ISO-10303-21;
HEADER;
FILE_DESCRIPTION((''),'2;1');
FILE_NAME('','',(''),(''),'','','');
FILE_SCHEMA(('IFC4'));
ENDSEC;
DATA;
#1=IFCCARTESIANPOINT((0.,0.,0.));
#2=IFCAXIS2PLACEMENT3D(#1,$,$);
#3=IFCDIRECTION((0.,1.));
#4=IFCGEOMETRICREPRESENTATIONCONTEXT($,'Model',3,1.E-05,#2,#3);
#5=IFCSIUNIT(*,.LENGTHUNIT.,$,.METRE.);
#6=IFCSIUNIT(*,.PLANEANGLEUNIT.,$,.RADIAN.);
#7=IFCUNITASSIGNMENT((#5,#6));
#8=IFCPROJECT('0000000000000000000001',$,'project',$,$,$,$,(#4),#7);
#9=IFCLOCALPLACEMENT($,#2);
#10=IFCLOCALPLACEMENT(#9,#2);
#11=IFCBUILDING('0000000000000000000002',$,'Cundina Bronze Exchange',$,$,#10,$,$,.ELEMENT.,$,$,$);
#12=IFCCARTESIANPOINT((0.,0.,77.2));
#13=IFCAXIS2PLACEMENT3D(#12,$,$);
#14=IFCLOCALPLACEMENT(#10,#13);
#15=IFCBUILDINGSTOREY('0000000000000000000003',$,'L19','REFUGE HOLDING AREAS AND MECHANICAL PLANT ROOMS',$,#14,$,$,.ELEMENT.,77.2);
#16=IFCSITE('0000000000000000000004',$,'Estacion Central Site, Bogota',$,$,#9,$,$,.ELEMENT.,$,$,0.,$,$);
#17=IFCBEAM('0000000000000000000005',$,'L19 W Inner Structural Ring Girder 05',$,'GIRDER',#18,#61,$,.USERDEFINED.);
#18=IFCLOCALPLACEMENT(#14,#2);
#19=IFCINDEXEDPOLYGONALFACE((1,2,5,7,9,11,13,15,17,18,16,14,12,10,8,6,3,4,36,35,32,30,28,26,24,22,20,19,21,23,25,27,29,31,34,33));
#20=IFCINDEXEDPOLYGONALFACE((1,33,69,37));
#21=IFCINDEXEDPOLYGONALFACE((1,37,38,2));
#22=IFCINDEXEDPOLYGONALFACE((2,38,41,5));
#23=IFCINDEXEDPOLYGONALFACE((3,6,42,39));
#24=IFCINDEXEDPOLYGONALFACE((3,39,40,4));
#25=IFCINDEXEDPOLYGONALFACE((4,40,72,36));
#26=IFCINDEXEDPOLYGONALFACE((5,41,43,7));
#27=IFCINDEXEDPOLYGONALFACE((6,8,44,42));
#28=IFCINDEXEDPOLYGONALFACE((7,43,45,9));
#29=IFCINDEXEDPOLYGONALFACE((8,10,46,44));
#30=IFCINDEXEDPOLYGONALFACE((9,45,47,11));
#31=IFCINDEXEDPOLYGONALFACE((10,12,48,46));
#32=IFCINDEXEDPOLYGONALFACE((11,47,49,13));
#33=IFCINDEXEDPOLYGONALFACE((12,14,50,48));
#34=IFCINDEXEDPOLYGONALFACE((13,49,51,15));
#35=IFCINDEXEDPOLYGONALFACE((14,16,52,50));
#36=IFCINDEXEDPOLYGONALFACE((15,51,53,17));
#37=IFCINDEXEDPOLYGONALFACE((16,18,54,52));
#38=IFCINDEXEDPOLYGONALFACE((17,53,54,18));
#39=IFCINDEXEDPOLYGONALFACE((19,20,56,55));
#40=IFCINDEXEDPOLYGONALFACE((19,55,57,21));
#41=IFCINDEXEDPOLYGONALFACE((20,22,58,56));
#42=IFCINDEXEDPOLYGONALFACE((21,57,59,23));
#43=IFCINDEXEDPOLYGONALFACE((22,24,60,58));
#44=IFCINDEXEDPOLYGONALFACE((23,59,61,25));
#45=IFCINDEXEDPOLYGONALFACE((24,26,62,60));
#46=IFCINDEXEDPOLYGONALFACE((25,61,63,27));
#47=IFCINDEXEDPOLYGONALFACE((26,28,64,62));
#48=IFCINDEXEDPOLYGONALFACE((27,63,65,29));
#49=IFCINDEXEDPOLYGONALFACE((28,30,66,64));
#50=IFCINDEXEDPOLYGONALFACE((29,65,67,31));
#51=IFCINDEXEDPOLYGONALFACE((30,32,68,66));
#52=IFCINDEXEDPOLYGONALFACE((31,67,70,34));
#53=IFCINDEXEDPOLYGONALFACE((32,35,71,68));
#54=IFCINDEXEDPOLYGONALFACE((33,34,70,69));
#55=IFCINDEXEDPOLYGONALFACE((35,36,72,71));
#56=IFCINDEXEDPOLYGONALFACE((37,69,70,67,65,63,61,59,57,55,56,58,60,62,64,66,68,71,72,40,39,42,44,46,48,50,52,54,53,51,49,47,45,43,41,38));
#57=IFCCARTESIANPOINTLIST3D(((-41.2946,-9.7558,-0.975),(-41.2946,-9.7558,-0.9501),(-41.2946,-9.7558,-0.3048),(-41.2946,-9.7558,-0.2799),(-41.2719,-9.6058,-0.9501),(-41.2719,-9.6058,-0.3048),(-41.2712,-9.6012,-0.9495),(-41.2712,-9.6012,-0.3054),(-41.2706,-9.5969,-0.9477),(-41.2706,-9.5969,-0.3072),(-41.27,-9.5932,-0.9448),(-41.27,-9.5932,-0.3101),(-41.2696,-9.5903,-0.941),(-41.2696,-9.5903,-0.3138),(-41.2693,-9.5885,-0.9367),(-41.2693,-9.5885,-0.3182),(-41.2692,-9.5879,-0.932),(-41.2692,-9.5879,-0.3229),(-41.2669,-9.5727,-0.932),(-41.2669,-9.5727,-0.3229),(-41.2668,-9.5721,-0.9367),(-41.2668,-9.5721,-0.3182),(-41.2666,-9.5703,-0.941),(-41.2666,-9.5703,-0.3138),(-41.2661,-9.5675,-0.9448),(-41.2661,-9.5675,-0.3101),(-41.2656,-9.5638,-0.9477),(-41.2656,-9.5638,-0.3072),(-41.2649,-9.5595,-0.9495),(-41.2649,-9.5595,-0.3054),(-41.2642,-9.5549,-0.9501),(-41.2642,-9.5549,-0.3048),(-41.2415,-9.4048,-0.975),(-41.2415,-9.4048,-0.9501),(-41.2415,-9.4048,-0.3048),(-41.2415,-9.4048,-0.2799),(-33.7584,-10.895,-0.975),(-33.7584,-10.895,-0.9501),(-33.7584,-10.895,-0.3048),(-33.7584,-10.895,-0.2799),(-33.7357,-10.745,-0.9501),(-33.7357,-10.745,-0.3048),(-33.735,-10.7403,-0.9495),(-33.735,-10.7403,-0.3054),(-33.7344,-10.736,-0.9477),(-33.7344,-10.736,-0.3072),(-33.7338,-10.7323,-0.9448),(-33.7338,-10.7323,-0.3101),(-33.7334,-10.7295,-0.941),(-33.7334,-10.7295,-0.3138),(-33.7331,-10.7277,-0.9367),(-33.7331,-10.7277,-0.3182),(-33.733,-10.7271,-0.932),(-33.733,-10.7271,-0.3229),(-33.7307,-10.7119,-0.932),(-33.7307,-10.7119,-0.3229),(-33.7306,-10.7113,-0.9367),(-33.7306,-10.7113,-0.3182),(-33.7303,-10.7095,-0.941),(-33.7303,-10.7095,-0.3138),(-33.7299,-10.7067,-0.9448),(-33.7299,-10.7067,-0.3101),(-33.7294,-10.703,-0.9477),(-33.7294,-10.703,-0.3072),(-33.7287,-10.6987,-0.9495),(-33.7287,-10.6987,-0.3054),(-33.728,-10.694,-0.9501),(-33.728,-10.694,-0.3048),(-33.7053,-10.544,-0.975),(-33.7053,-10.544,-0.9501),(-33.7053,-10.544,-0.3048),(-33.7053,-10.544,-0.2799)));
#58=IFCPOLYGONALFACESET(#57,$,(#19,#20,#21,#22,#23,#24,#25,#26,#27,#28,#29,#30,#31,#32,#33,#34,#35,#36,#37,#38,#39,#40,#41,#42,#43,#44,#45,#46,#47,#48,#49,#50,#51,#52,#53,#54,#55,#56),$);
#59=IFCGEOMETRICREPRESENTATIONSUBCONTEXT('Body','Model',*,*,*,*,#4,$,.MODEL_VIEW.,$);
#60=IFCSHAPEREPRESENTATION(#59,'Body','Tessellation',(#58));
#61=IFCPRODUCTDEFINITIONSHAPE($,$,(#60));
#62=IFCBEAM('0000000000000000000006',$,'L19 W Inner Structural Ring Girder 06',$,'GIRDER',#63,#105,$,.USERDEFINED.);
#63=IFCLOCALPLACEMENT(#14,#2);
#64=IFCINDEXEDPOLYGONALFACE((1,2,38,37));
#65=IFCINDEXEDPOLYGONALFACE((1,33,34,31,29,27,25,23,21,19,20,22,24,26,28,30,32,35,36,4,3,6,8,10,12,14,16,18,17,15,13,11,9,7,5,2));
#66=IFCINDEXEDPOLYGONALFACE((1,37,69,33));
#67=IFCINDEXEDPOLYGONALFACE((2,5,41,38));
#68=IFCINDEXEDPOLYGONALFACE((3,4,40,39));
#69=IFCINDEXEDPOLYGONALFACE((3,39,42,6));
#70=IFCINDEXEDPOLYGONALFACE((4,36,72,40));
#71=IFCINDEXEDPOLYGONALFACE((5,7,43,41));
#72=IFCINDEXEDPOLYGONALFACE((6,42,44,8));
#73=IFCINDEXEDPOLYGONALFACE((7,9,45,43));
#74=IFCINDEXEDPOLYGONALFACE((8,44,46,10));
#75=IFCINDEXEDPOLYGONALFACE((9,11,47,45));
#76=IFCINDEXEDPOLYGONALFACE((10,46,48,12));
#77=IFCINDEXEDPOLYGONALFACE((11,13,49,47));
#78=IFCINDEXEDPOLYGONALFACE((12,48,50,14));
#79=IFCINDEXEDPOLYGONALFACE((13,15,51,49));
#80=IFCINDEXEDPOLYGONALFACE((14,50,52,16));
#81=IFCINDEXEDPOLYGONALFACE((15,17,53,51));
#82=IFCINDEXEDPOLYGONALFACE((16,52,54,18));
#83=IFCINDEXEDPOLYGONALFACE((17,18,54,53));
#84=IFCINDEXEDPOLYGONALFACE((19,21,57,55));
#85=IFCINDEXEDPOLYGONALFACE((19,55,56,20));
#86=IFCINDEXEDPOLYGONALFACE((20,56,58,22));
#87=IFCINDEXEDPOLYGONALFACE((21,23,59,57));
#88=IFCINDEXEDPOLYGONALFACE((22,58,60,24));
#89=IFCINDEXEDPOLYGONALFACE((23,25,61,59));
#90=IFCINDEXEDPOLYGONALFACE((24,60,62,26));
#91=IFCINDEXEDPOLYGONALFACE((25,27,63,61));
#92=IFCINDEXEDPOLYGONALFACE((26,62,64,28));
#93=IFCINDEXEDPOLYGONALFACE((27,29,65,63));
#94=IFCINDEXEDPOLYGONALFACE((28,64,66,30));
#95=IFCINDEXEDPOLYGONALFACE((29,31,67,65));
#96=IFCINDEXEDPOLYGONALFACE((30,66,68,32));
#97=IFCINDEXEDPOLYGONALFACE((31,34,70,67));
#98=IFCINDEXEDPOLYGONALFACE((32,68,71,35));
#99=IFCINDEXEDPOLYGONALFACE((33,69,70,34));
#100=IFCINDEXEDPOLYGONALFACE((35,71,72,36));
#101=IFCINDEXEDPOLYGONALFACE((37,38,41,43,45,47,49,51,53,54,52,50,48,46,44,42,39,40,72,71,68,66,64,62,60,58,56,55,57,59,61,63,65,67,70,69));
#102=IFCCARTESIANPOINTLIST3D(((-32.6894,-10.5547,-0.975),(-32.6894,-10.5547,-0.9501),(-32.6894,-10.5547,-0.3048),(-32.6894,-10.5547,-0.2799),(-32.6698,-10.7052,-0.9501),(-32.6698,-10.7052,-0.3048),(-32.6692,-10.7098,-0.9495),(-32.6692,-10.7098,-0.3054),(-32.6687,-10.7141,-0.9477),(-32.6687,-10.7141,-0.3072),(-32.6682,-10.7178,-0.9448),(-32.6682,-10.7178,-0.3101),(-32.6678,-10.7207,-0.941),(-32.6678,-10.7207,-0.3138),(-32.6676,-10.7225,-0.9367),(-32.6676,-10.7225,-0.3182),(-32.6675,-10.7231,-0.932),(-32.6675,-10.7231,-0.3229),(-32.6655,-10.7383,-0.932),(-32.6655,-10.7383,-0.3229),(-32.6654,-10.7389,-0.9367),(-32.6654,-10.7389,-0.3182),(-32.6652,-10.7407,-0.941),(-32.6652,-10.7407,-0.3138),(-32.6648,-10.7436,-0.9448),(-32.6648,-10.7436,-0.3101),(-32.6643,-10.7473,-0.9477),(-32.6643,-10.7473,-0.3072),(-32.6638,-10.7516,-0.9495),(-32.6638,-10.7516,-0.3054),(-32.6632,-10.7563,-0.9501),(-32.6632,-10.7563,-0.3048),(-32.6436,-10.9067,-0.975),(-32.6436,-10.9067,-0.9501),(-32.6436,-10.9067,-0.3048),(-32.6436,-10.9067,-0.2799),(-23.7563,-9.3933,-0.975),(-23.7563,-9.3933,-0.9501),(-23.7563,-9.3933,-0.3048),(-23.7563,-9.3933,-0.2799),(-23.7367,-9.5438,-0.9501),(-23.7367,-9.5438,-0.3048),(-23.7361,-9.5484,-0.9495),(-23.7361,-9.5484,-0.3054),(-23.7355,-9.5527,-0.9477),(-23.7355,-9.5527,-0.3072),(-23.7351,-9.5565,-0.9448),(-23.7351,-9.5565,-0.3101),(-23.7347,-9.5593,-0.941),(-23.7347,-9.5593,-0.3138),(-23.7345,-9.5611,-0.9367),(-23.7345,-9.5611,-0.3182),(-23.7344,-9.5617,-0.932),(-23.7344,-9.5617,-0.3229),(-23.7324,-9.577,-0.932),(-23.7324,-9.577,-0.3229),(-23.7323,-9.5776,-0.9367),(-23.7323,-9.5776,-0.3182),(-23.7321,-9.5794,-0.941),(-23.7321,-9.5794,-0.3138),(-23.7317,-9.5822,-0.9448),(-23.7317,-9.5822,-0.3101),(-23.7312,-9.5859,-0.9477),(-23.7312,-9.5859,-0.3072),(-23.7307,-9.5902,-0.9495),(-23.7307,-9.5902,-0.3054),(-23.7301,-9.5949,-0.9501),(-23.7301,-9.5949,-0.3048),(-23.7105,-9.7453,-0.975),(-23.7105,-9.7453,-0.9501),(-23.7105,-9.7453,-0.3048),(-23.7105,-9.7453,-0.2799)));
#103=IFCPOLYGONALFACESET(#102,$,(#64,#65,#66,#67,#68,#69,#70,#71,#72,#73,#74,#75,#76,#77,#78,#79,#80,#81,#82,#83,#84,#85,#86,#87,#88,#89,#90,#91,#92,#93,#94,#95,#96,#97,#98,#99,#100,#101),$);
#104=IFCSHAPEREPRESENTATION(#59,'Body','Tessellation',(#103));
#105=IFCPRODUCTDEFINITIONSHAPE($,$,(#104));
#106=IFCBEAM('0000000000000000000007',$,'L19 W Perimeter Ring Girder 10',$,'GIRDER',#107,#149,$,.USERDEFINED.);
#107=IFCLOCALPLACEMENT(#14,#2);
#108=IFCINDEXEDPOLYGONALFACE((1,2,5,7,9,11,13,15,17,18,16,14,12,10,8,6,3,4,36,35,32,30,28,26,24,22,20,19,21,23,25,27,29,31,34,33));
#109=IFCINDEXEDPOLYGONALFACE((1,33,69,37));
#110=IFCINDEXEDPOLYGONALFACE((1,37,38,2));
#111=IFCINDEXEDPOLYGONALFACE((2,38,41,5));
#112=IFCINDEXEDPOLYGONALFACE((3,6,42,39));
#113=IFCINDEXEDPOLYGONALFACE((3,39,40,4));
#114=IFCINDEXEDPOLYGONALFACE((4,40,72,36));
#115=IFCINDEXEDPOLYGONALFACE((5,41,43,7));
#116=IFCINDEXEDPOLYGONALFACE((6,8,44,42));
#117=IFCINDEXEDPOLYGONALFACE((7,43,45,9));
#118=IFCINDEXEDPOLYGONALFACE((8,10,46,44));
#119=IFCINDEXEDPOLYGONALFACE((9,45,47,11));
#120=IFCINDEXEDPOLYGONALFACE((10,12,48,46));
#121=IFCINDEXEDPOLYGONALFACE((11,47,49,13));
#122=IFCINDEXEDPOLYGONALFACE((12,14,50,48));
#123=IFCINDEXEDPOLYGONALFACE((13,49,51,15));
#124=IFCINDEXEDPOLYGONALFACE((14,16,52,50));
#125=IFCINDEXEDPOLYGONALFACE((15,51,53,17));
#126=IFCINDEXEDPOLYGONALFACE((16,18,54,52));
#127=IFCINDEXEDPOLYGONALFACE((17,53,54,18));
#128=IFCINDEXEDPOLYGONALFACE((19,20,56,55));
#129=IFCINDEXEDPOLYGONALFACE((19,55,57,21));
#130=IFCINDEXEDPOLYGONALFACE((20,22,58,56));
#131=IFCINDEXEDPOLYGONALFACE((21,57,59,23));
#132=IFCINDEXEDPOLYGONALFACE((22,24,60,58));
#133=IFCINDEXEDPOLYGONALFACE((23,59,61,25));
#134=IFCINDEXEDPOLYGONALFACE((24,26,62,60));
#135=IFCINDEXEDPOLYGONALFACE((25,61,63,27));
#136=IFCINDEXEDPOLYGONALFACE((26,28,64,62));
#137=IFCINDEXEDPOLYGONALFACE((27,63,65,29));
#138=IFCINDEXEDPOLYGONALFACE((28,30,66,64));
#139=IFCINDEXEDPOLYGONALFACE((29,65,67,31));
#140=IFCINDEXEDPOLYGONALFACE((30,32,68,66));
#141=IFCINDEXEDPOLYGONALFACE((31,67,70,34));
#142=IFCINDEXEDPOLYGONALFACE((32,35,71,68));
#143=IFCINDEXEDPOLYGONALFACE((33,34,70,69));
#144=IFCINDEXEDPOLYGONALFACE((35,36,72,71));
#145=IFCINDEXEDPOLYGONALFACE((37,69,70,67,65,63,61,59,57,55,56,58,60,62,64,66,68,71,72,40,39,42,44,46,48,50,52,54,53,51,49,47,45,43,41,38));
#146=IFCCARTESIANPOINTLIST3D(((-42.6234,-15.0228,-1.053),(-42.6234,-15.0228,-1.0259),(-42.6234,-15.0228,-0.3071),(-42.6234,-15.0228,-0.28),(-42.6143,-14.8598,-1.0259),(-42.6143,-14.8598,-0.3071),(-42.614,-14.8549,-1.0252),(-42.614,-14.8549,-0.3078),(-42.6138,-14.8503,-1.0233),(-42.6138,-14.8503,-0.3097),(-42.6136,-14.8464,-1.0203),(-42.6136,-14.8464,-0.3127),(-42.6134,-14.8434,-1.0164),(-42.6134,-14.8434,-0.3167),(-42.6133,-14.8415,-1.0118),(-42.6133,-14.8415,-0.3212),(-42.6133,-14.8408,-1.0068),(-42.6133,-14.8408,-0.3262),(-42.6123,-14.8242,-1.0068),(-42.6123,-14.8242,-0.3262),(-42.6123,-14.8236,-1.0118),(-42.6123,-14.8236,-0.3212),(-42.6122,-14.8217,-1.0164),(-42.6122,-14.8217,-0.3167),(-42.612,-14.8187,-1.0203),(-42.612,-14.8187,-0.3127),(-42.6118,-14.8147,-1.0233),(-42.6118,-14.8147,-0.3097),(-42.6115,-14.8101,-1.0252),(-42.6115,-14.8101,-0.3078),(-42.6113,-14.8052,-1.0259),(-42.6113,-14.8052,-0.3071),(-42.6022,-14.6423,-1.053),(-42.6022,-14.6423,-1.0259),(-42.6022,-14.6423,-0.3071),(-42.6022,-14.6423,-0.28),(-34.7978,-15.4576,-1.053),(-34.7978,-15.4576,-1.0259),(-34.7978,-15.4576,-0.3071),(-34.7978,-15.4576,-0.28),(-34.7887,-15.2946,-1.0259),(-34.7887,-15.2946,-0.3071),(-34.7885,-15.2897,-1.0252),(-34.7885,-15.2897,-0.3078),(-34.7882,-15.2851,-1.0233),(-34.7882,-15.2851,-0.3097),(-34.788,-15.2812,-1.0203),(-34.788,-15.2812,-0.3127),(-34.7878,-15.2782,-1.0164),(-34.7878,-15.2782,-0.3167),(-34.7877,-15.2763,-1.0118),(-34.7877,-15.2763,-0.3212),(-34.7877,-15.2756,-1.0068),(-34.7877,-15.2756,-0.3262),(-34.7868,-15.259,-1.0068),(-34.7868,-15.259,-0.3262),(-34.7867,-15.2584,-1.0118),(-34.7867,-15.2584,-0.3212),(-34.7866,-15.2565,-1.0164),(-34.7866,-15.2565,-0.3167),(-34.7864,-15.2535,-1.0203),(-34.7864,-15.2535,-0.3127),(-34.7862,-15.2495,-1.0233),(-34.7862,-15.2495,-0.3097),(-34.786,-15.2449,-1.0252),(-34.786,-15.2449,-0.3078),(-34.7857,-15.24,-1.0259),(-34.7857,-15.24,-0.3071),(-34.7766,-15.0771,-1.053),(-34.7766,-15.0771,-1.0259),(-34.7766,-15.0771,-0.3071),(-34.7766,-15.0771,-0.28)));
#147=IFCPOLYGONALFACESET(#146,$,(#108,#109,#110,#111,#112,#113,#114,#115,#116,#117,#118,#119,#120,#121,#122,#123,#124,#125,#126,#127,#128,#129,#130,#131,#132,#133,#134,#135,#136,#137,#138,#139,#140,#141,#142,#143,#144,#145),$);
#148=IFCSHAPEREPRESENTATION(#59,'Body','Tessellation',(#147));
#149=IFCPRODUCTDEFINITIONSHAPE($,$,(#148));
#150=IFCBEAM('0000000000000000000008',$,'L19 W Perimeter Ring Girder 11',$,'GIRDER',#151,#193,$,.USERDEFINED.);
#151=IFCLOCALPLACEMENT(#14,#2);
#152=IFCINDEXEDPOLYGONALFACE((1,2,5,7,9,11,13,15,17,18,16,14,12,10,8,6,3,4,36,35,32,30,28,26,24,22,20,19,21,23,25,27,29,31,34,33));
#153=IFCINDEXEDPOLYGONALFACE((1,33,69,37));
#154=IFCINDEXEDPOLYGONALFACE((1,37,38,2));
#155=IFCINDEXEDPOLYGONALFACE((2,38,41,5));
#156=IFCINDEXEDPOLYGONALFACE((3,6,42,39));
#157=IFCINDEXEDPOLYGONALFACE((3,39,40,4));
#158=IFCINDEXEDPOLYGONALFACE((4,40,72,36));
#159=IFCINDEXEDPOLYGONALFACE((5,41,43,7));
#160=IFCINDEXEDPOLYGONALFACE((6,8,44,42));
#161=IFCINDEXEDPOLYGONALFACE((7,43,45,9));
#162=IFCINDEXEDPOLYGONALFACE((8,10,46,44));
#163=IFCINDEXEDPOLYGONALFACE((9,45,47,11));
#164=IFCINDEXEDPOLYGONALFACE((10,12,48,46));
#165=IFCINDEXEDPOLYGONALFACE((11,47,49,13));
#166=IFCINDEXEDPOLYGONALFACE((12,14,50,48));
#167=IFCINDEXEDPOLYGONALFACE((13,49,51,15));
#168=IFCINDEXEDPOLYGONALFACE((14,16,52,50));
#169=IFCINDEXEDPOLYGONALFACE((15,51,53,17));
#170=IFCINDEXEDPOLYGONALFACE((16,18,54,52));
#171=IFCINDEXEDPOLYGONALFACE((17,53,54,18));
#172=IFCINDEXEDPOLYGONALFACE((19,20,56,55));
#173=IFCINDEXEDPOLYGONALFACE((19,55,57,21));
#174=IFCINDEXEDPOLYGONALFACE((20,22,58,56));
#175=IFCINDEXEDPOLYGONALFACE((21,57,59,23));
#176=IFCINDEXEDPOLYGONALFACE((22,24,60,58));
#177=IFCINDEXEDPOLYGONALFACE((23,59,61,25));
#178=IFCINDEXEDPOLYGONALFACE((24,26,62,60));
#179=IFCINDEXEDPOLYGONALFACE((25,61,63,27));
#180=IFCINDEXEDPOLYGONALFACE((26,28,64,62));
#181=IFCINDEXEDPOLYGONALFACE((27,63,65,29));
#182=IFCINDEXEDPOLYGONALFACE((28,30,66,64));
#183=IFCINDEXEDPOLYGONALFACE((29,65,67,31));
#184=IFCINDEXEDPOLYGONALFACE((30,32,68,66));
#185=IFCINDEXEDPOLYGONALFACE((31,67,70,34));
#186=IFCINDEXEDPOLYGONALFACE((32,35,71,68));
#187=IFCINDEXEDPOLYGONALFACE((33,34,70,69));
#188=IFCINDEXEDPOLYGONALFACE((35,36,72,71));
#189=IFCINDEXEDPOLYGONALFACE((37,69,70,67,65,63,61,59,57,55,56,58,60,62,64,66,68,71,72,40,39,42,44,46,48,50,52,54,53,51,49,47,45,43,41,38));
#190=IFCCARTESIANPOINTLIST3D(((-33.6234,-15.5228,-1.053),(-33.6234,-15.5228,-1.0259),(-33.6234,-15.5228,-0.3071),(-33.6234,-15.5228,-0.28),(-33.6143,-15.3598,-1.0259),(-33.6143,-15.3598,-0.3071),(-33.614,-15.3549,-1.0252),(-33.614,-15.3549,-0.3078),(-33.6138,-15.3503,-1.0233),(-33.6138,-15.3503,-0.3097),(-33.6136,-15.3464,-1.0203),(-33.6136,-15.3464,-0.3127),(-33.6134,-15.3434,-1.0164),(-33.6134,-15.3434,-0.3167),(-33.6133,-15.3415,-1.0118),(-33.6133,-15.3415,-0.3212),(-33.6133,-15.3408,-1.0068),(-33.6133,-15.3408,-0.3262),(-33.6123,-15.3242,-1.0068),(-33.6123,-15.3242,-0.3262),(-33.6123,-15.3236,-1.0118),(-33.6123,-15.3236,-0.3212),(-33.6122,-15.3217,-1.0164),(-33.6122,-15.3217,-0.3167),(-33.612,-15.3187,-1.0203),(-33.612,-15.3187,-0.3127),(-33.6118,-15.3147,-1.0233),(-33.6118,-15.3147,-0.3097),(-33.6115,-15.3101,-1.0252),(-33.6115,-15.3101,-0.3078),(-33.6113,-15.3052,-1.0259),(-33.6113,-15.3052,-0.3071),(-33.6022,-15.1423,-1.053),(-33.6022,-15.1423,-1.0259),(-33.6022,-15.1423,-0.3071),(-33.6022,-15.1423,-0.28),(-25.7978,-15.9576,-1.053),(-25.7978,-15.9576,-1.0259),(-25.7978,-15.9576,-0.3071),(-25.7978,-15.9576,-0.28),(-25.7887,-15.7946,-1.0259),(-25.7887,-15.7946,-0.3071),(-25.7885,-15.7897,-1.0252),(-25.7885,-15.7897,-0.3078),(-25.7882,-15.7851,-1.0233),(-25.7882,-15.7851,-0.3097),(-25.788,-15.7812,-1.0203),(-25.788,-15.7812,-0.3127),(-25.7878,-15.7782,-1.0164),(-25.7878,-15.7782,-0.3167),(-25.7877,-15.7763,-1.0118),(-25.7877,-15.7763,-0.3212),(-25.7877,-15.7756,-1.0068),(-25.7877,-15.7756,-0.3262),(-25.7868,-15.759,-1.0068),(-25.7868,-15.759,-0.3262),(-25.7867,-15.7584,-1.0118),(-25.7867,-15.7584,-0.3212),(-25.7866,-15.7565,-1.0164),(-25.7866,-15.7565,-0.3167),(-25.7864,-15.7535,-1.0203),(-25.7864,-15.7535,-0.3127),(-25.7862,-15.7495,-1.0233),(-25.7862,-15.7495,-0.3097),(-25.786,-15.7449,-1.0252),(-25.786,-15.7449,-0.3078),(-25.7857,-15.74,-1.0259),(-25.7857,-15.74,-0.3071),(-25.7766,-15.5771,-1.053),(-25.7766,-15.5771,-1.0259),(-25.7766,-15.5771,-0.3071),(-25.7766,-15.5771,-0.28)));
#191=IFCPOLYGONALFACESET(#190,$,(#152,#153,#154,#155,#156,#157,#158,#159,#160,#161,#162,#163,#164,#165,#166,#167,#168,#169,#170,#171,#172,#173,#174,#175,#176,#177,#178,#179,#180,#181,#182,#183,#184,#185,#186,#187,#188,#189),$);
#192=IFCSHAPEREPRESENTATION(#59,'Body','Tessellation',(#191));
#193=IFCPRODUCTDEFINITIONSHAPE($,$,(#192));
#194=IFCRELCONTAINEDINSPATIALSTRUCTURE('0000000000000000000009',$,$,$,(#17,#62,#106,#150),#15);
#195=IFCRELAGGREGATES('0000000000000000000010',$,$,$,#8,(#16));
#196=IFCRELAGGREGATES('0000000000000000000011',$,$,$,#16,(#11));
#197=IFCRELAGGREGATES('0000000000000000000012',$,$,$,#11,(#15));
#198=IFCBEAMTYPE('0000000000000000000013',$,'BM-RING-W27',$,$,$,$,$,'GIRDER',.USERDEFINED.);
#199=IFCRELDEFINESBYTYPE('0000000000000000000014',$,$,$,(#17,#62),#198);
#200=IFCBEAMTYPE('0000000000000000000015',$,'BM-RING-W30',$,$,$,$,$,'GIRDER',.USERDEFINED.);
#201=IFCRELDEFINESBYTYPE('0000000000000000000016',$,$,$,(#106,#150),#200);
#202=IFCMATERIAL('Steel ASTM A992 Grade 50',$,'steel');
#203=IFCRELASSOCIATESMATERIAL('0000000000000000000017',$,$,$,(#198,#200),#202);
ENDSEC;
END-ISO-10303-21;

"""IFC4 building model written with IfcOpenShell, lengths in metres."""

from ifc_helpers import new_model, si_unit, direction, frame, origin, origin_2d, place, context, subcontext, project, spatial, i_section, extrude, material, material_profile, profile_set, type_object, element, save


model = new_model("IFC4")

# Units and contexts
model_context = context("Model", 3, precision=1e-05, world=origin(), true_north=direction((0.0, 1.0)))
body_context = subcontext(model_context, "Body", "Model", "MODEL_VIEW")
ifc_project = project(units=[si_unit("LENGTHUNIT", "METRE"), si_unit("PLANEANGLEUNIT", "RADIAN")], contexts=[model_context])

# Site, building, storey
site_placement = place(None, origin())
site = spatial("IfcSite", under=ifc_project, at=site_placement, Name="Estacion Central Site, Bogota", CompositionType="ELEMENT", RefElevation=0.0)
building_placement = place(site_placement, origin())
building = spatial("IfcBuilding", under=site, at=building_placement, Name="Cundina Bronze Exchange", CompositionType="ELEMENT")
storey_placement = place(building_placement, frame((0.0, 0.0, 77.2)))
storey = spatial("IfcBuildingStorey", under=building, at=storey_placement, Name="L19", Description="REFUGE HOLDING AREAS AND MECHANICAL PLANT ROOMS", CompositionType="ELEMENT", Elevation=77.2)

# Beams
ifc_material_1 = material(Name="Steel ASTM A992 Grade 50", Category="steel")
ifc_material_profile_1 = material_profile(ifc_material_1, i_section(OverallWidth=0.355, OverallDepth=0.6951, WebThickness=0.0154, FlangeThickness=0.0249, FilletRadius=0.0181, at=origin_2d()), Name="W27X146", Category="steel")
ifc_profile_set_1 = profile_set([ifc_material_profile_1], Name="Steel ASTM A992 Grade 50")
beam_type_1 = type_object("IfcBeamType", Name="BM-RING-W27", ElementType="GIRDER", PredefinedType="USERDEFINED", material=ifc_profile_set_1)
beam_1_placement = place(storey_placement, frame((-41.2681, -9.5803, -0.6274), z_axis=(0.988767, -0.149462, 0.0), x_axis=(0.149462, 0.988767, 0.0)))
element("IfcBeam", 1, at=beam_1_placement, inside=storey, type_object=beam_type_1, Name="L19 W Inner Structural Ring Girder 05", ObjectType="GIRDER", PredefinedType="USERDEFINED", context=body_context, shape_type="SweptSolid", body=[
    extrude(i_section(OverallWidth=0.355, OverallDepth=0.6951, WebThickness=0.0154, FlangeThickness=0.0249, FilletRadius=0.0181, at=origin_2d()), origin(), (0.0, 0.0, 1.0), 7.6218),
])
beam_2_placement = place(storey_placement, frame((-32.6665, -10.7307, -0.6274), z_axis=(0.991655, 0.128923, 0.0), x_axis=(-0.128923, 0.991655, 0.0)))
element("IfcBeam", 2, at=beam_2_placement, inside=storey, type_object=beam_type_1, Name="L19 W Inner Structural Ring Girder 06", ObjectType="GIRDER", PredefinedType="USERDEFINED", context=body_context, shape_type="SweptSolid", body=[
    extrude(i_section(OverallWidth=0.355, OverallDepth=0.6951, WebThickness=0.0154, FlangeThickness=0.0249, FilletRadius=0.0181, at=origin_2d()), origin(), (0.0, 0.0, 1.0), 9.0083),
])
ifc_material_profile_2 = material_profile(ifc_material_1, i_section(OverallWidth=0.3811, OverallDepth=0.7729, WebThickness=0.0166, FlangeThickness=0.0271, FilletRadius=0.019, at=origin_2d()), Name="W30X173", Category="steel")
ifc_profile_set_2 = profile_set([ifc_material_profile_2], Name="Steel ASTM A992 Grade 50")
beam_type_2 = type_object("IfcBeamType", Name="BM-RING-W30", ElementType="GIRDER", PredefinedType="USERDEFINED", material=ifc_profile_set_2)
for number, where, z_axis, x_axis, name in (
    (3, (-42.6128, -14.8325, -0.6665), (0.99846, -0.055477, 0.0), (0.055477, 0.99846, 0.0), "L19 W Perimeter Ring Girder 10"),
    (4, (-33.6128, -15.3325, -0.6665), (0.99846, -0.055477, 0.0), (0.055477, 0.99846, 0.0), "L19 W Perimeter Ring Girder 11"),
):
    element("IfcBeam", number, at=place(storey_placement, frame(where, z_axis=z_axis, x_axis=x_axis)), inside=storey, type_object=beam_type_2, Name=name, ObjectType="GIRDER", PredefinedType="USERDEFINED", context=body_context, shape_type="SweptSolid", body=[
        extrude(i_section(OverallWidth=0.3811, OverallDepth=0.7729, WebThickness=0.0166, FlangeThickness=0.0271, FilletRadius=0.019, at=origin_2d()), origin(), (0.0, 0.0, 1.0), 7.8376),
    ])

save(model, "model.ifc")
